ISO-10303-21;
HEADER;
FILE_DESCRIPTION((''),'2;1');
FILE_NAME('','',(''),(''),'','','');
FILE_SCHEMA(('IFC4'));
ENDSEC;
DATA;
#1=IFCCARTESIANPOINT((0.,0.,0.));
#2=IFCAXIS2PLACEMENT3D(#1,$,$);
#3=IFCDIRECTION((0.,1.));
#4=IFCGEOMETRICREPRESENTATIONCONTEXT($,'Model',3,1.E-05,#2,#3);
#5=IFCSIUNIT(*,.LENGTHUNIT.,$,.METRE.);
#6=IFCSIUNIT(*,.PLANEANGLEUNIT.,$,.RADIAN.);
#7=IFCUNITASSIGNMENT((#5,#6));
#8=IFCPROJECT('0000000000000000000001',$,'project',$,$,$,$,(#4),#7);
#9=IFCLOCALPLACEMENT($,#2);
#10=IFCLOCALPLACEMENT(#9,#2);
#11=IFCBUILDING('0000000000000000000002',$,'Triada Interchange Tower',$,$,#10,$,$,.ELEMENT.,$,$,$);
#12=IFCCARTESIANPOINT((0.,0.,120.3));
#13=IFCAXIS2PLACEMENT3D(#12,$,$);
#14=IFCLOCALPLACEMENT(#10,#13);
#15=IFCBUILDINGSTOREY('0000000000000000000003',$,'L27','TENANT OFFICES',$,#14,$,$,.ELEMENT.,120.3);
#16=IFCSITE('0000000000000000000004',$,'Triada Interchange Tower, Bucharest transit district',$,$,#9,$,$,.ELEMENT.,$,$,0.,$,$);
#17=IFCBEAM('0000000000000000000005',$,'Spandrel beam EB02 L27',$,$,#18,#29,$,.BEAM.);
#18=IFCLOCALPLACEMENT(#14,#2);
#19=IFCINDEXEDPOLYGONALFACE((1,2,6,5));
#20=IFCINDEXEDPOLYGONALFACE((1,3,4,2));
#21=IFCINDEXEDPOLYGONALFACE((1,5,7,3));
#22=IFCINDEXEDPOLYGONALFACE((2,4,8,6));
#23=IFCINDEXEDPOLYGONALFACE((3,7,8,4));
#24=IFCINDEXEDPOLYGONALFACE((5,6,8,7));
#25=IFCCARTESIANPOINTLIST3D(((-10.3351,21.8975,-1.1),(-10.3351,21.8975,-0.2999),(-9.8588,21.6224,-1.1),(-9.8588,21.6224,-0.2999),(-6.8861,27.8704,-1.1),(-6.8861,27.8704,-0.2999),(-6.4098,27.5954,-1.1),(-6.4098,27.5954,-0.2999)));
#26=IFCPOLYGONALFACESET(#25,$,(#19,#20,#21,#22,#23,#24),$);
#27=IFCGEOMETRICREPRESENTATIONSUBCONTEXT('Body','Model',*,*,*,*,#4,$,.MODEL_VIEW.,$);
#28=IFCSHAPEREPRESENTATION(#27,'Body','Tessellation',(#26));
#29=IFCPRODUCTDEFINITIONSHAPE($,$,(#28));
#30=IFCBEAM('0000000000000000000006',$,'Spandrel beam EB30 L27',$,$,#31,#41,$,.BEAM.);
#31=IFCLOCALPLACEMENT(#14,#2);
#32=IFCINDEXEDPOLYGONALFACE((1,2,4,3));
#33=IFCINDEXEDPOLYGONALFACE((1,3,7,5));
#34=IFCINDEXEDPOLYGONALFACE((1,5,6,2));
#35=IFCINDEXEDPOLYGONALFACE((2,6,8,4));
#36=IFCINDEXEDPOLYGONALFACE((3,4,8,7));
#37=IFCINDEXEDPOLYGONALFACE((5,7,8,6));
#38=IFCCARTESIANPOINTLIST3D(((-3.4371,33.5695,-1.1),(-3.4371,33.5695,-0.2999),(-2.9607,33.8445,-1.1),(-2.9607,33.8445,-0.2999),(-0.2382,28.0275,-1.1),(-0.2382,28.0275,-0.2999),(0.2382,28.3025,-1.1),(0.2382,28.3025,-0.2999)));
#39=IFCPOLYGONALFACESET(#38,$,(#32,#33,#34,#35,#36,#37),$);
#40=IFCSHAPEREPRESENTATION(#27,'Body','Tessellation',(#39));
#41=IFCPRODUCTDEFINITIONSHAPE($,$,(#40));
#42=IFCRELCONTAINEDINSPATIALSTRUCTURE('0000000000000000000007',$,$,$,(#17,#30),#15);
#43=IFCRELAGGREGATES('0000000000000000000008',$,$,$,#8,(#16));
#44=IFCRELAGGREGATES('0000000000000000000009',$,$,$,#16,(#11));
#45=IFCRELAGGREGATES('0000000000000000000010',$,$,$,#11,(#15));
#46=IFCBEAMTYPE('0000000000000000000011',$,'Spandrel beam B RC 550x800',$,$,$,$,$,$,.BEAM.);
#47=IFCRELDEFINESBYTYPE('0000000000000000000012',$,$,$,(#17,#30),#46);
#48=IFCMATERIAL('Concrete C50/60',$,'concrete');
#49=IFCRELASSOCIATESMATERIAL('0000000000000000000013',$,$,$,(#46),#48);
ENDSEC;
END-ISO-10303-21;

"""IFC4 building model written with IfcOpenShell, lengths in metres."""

from ifc_helpers import new_model, si_unit, direction, frame, origin, origin_2d, place, context, subcontext, project, spatial, rectangle, extrude, material, material_profile, profile_set, type_object, element, save


model = new_model("IFC4")

# Units and contexts
model_context = context("Model", 3, precision=1e-05, world=origin(), true_north=direction((0.0, 1.0)))
body_context = subcontext(model_context, "Body", "Model", "MODEL_VIEW")
ifc_project = project(units=[si_unit("LENGTHUNIT", "METRE"), si_unit("PLANEANGLEUNIT", "RADIAN")], contexts=[model_context])

# Site, building, storey
site_placement = place(None, origin())
site = spatial("IfcSite", under=ifc_project, at=site_placement, Name="Triada Interchange Tower, Bucharest transit district", CompositionType="ELEMENT", RefElevation=0.0)
building_placement = place(site_placement, origin())
building = spatial("IfcBuilding", under=site, at=building_placement, Name="Triada Interchange Tower", CompositionType="ELEMENT")
storey_placement = place(building_placement, frame((0.0, 0.0, 120.3)))
storey = spatial("IfcBuildingStorey", under=building, at=storey_placement, Name="L27", Description="TENANT OFFICES", CompositionType="ELEMENT", Elevation=120.3)

# Beams
ifc_material_1 = material(Name="Concrete C50/60", Category="concrete")
ifc_material_profile_1 = material_profile(ifc_material_1, rectangle(XDim=0.55, YDim=0.8, at=origin_2d()), Name="RC 550x800")
ifc_profile_set_1 = profile_set([ifc_material_profile_1], Name="Concrete C50/60")
beam_type_1 = type_object("IfcBeamType", Name="Spandrel beam B RC 550x800", PredefinedType="BEAM", material=ifc_profile_set_1)
beam_1_placement = place(storey_placement, frame((-6.6479, 27.7329, -0.7), z_axis=(-0.500056, -0.865993, 0.0), x_axis=(0.865993, -0.500056, 0.0)))
element("IfcBeam", 1, at=beam_1_placement, inside=storey, type_object=beam_type_1, Name="Spandrel beam EB02 L27", PredefinedType="BEAM", context=body_context, shape_type="SweptSolid", body=[
    extrude(rectangle(XDim=0.55, YDim=0.8, at=origin_2d()), origin(), (0.0, 0.0, 1.0), 6.8972),
])
beam_2_placement = place(storey_placement, frame((0.0, 28.165, -0.7), z_axis=(-0.499918, 0.866073, 0.0), x_axis=(-0.866073, -0.499918, 0.0)))
element("IfcBeam", 2, at=beam_2_placement, inside=storey, type_object=beam_type_1, Name="Spandrel beam EB30 L27", PredefinedType="BEAM", context=body_context, shape_type="SweptSolid", body=[
    extrude(rectangle(XDim=0.55, YDim=0.8, at=origin_2d()), origin(), (0.0, 0.0, 1.0), 6.3989),
])

save(model, "model.ifc")
